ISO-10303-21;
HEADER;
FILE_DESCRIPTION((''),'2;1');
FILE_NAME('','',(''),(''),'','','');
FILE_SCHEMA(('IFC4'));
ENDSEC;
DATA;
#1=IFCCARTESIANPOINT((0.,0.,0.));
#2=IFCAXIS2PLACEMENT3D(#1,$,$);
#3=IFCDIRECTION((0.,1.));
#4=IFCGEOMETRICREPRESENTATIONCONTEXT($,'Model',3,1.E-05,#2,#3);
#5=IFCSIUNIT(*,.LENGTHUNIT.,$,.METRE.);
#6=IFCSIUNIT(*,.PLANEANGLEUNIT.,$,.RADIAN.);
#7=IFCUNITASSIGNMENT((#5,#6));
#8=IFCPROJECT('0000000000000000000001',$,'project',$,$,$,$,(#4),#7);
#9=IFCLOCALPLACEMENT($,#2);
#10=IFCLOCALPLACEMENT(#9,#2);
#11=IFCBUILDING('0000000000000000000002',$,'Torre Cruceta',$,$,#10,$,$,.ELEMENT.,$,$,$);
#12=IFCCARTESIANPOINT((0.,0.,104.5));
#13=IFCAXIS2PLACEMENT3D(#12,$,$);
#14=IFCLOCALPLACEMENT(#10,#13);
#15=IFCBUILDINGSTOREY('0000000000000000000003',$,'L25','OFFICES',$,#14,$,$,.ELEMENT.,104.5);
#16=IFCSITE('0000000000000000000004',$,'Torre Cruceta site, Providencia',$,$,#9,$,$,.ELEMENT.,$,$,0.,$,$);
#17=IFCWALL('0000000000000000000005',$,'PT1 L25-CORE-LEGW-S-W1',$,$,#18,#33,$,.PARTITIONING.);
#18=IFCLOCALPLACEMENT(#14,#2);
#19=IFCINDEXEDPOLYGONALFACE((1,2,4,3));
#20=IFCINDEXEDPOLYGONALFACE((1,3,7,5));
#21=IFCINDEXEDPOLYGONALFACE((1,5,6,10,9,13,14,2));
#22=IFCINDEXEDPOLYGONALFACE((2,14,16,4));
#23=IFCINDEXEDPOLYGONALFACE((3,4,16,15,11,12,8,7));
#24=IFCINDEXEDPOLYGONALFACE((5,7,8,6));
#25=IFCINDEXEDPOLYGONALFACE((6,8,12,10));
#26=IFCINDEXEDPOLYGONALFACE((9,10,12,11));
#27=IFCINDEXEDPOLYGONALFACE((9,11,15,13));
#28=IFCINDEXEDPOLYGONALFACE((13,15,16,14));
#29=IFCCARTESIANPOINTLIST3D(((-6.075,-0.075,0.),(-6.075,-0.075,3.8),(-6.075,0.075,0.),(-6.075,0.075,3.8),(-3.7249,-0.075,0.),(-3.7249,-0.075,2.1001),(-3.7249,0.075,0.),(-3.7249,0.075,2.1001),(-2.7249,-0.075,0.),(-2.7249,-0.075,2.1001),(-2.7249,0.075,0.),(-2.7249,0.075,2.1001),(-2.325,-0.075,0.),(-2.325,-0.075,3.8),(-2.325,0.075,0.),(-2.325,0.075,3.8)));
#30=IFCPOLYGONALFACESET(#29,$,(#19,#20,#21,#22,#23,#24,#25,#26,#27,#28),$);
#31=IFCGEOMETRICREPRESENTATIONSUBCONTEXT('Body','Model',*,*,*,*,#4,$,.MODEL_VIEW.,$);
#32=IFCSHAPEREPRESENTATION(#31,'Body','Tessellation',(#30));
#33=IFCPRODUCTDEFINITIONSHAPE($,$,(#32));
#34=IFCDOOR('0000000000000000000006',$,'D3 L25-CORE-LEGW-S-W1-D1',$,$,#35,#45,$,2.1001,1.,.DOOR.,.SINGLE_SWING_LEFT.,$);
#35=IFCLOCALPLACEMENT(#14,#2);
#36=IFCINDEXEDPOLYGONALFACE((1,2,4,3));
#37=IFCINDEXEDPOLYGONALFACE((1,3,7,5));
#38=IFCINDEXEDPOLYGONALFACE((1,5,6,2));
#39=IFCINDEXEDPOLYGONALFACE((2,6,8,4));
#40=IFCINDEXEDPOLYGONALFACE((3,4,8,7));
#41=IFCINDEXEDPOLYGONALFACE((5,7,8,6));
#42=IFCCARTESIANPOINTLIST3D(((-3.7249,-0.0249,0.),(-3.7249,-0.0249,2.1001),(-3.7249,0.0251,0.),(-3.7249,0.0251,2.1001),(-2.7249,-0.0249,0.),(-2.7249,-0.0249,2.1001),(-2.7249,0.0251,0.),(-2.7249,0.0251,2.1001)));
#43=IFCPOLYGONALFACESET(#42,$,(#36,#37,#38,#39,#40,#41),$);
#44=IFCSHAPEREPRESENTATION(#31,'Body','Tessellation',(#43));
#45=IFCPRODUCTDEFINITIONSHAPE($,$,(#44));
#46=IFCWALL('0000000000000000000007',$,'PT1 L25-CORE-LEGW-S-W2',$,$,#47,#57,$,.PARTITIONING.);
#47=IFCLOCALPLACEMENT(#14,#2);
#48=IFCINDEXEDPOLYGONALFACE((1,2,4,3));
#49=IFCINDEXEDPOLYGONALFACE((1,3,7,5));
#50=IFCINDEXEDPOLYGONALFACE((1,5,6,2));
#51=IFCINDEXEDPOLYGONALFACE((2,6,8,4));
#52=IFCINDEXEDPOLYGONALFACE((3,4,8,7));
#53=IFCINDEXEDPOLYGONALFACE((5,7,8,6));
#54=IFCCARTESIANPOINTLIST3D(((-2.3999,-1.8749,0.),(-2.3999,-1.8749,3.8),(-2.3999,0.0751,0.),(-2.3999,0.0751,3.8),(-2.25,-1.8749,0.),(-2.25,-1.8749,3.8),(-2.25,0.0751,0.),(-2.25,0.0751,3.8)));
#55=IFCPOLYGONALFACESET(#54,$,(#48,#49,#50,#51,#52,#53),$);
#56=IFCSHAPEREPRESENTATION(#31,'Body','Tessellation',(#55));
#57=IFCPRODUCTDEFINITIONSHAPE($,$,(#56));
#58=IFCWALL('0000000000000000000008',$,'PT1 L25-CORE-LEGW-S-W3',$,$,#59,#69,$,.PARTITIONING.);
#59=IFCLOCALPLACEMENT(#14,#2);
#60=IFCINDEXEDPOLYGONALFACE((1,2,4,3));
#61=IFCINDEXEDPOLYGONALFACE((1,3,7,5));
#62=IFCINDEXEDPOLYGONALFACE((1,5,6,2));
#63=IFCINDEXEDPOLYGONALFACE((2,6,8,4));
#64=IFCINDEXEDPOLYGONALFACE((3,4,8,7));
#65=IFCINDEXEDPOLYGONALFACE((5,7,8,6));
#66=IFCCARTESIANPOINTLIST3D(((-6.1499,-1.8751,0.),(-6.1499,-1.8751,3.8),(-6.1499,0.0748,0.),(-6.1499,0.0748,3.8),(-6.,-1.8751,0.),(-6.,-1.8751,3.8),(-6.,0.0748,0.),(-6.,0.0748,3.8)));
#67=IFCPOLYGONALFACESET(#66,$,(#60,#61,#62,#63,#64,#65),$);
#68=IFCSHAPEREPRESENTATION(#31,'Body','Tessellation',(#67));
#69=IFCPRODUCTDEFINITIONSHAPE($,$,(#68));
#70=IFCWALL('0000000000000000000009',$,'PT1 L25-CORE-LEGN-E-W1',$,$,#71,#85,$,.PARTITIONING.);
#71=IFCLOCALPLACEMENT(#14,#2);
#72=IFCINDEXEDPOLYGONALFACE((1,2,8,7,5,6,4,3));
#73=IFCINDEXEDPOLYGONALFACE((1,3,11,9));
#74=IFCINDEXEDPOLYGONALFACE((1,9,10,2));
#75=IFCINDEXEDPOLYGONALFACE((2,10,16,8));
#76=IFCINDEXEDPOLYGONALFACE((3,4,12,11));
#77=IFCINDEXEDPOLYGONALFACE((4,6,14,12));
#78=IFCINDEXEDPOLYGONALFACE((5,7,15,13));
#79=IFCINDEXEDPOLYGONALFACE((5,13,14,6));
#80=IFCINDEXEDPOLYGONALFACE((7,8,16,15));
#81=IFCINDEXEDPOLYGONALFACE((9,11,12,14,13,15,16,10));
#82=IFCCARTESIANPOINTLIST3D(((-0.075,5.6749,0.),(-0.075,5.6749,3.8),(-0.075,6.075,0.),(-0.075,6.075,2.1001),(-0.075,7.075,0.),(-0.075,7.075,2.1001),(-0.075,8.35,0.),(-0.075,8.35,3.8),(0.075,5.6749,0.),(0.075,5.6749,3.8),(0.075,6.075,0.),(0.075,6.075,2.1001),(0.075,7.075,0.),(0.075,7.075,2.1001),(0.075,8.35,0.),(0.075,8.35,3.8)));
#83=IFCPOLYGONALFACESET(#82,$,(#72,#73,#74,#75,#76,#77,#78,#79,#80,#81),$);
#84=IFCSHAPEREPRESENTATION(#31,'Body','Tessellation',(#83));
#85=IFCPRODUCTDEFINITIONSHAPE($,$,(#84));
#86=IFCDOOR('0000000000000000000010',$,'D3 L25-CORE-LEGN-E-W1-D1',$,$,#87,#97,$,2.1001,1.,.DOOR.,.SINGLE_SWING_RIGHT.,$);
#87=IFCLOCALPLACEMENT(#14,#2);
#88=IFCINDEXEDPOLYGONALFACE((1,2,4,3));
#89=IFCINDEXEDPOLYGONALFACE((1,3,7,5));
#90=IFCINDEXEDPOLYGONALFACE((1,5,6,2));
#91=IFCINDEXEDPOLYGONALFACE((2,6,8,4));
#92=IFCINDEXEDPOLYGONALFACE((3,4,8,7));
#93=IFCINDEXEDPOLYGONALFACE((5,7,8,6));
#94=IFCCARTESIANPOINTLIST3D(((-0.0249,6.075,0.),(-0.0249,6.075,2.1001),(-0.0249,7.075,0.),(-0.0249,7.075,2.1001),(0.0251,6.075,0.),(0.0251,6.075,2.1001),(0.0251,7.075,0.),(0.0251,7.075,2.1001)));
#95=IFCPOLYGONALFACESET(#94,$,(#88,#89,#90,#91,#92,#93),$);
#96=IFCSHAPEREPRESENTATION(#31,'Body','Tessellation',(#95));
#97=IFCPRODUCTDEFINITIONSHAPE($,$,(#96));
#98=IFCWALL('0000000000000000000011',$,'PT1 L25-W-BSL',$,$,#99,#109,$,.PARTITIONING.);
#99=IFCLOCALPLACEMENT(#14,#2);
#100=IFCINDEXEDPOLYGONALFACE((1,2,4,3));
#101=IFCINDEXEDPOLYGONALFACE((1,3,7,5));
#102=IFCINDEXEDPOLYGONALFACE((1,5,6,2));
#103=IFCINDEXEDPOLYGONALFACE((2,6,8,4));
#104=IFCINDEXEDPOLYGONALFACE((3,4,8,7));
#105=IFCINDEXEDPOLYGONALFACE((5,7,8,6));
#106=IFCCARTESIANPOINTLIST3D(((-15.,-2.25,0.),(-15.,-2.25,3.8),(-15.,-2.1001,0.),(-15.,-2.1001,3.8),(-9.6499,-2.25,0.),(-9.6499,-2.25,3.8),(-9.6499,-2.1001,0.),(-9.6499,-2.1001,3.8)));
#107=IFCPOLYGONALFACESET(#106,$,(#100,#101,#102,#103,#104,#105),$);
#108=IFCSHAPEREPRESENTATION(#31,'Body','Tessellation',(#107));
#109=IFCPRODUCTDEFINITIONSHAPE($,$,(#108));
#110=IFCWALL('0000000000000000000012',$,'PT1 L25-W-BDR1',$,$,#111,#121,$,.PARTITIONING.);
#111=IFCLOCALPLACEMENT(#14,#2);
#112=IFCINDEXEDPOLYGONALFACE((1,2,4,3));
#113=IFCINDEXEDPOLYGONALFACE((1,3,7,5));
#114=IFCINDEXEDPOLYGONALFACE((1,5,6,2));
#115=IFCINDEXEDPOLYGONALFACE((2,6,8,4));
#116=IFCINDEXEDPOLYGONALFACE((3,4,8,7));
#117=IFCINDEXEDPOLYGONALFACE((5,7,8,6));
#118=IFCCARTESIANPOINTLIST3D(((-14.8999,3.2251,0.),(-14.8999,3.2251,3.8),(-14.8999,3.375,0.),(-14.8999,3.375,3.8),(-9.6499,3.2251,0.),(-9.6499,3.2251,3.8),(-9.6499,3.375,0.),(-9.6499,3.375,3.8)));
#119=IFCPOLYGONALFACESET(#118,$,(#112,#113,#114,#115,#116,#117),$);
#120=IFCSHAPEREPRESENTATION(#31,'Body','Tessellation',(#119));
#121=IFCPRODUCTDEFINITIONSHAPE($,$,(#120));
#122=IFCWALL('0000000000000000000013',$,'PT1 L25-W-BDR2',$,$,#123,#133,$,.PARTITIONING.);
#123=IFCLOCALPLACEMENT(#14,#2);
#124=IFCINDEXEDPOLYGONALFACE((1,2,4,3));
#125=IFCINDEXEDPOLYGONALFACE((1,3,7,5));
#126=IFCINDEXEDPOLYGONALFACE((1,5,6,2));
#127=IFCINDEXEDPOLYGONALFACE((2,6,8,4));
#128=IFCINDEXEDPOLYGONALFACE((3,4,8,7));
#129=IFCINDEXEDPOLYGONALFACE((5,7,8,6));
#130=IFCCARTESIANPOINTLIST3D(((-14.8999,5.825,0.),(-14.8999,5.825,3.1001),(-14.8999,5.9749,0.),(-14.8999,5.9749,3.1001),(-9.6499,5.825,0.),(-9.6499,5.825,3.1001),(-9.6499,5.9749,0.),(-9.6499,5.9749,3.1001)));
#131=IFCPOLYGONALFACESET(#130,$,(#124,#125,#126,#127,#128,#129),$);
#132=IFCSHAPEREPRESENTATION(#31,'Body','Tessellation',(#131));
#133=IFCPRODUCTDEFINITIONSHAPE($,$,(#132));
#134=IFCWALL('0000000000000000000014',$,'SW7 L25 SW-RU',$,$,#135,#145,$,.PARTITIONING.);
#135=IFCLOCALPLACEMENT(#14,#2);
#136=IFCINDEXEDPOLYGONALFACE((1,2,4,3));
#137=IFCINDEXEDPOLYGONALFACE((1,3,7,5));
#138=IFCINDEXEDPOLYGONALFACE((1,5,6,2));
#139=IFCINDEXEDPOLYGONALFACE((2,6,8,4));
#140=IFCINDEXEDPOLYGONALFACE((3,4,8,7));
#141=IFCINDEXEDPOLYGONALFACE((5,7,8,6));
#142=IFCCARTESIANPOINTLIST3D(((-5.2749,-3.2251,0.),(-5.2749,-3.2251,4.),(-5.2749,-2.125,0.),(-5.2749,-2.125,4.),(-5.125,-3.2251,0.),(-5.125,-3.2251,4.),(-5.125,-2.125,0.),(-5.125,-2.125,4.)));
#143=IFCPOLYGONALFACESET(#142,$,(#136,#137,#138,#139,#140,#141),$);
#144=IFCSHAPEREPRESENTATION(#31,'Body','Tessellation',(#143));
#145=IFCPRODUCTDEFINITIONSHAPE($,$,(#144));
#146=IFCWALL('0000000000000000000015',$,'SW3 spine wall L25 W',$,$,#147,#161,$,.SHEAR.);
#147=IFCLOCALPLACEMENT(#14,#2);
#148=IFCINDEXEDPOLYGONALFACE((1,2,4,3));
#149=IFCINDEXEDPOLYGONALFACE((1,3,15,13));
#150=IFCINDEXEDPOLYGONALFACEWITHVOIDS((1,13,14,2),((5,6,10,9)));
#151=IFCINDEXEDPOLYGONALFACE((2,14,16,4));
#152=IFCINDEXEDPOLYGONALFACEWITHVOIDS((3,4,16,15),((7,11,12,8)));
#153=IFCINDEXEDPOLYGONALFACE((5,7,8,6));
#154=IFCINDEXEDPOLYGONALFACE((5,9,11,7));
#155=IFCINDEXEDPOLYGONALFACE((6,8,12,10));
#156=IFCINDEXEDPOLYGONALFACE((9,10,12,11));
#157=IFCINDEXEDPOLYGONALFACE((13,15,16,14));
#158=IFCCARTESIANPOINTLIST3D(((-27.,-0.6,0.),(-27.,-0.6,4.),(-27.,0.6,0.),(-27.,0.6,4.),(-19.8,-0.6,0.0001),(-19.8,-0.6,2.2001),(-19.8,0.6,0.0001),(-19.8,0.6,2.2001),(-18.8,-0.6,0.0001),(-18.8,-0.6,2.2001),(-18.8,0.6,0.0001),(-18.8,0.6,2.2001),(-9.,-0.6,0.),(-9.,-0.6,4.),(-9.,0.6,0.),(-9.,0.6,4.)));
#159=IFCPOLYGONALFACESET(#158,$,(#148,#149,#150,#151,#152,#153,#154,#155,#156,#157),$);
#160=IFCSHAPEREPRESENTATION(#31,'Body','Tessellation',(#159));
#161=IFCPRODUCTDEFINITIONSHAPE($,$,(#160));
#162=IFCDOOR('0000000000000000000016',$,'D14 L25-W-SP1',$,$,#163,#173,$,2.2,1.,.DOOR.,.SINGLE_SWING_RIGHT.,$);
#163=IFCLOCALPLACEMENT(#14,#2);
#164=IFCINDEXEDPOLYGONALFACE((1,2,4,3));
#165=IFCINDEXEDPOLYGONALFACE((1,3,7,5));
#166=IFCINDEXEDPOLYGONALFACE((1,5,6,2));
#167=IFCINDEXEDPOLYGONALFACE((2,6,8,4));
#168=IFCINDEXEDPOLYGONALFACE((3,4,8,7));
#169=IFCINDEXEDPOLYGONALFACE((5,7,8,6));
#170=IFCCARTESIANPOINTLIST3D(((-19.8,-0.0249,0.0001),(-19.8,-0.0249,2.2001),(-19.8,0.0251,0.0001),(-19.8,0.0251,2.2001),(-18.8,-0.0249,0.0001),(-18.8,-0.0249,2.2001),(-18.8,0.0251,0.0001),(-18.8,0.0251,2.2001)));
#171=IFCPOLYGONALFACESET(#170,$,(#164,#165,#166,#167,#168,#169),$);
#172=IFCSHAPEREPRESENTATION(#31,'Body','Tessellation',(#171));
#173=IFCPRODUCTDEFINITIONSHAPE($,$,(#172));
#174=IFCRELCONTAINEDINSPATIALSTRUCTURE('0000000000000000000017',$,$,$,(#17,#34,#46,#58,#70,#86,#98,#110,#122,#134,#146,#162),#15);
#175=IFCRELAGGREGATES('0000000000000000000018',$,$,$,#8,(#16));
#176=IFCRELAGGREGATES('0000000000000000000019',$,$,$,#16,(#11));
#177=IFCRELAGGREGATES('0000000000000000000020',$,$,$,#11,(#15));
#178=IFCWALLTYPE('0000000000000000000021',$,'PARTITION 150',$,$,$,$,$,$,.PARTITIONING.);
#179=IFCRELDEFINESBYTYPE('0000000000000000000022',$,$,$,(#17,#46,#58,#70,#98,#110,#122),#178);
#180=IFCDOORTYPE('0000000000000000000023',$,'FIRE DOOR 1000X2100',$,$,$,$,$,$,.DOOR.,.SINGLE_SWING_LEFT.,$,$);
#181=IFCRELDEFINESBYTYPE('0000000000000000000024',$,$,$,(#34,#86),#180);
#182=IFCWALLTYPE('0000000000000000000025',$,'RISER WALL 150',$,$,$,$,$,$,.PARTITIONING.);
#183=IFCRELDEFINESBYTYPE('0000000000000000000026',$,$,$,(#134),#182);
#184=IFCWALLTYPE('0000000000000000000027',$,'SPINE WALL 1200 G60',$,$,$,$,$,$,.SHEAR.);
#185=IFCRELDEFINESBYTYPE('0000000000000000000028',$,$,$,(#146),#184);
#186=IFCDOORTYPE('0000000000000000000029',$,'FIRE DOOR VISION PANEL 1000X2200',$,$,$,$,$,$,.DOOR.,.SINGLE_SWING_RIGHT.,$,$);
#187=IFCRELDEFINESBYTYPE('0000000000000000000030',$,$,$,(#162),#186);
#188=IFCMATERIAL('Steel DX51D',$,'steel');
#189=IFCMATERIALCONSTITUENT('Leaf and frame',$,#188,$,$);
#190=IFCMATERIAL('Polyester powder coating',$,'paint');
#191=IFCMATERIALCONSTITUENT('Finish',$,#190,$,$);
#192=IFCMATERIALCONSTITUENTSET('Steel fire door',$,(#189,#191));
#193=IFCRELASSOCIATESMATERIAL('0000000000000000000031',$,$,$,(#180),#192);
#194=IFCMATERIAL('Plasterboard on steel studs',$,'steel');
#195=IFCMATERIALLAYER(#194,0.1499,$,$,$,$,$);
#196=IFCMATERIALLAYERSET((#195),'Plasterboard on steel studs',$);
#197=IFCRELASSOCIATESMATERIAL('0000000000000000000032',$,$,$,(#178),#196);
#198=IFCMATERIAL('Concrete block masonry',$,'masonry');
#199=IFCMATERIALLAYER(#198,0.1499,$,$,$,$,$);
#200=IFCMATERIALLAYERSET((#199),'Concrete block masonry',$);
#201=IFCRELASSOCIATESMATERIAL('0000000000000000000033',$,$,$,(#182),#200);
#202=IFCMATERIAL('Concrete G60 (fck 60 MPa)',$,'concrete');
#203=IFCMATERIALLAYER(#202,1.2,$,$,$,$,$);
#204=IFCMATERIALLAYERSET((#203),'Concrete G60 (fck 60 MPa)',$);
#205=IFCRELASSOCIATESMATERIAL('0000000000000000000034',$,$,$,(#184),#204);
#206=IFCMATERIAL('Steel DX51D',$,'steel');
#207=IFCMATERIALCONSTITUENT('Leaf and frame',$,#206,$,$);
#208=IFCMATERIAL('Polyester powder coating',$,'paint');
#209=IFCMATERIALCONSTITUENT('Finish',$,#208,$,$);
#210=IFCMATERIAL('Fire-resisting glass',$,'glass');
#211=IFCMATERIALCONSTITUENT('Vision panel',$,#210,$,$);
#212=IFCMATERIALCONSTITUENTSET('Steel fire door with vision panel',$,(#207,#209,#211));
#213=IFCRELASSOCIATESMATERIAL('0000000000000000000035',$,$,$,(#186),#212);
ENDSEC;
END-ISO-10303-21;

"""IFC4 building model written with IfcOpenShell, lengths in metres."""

from ifc_helpers import new_model, si_unit, direction, frame, frame_2d, origin, place, context, subcontext, project, spatial, rectangle, extrude, material, layer, layer_set, constituent, constituent_set, type_object, element, fill, save


model = new_model("IFC4")

# Units and contexts
model_context = context("Model", 3, precision=1e-05, world=origin(), true_north=direction((0.0, 1.0)))
body_context = subcontext(model_context, "Body", "Model", "MODEL_VIEW")
ifc_project = project(units=[si_unit("LENGTHUNIT", "METRE"), si_unit("PLANEANGLEUNIT", "RADIAN")], contexts=[model_context])

# Site, building, storey
site_placement = place(None, origin())
site = spatial("IfcSite", under=ifc_project, at=site_placement, Name="Torre Cruceta site, Providencia", CompositionType="ELEMENT", RefElevation=0.0)
building_placement = place(site_placement, origin())
building = spatial("IfcBuilding", under=site, at=building_placement, Name="Torre Cruceta", CompositionType="ELEMENT")
storey_placement = place(building_placement, frame((0.0, 0.0, 104.5)))
storey = spatial("IfcBuildingStorey", under=building, at=storey_placement, Name="L25", Description="OFFICES", CompositionType="ELEMENT", Elevation=104.5)

# Shared definitions
ifc_material_1 = material(Name="Steel DX51D", Category="steel")
ifc_constituent_1 = constituent(ifc_material_1, Name="Leaf and frame")
ifc_material_2 = material(Name="Polyester powder coating", Category="paint")
ifc_constituent_2 = constituent(ifc_material_2, Name="Finish")
ifc_constituent_set_1 = constituent_set(constituents=[ifc_constituent_1, ifc_constituent_2], Name="Steel fire door")
door_type_1 = type_object("IfcDoorType", Name="FIRE DOOR 1000X2100", OperationType="SINGLE_SWING_LEFT", PredefinedType="DOOR", material=ifc_constituent_set_1)

# Wall, opening, door
ifc_material_3 = material(Name="Plasterboard on steel studs", Category="steel")
ifc_layer_1 = layer(ifc_material_3, 0.1499)
ifc_layer_set_1 = layer_set([ifc_layer_1], Name="Plasterboard on steel studs")
wall_type_1 = type_object("IfcWallType", Name="PARTITION 150", PredefinedType="PARTITIONING", material=ifc_layer_set_1)
wall_1_placement = place(storey_placement, frame((-2.325, 0.0, 0.0), z_axis=(0.0, 0.0, 1.0), x_axis=(-1.0, 0.0, 0.0)))
wall_1 = element("IfcWall", 1, at=wall_1_placement, inside=storey, type_object=wall_type_1, Name="PT1 L25-CORE-LEGW-S-W1", PredefinedType="PARTITIONING", context=body_context, shape_type="SweptSolid", body=[
    extrude(rectangle(XDim=3.75, YDim=0.1499, at=frame_2d((1.875, 0.0))), origin(), (0.0, 0.0, 1.0), 3.8),
])
opening_1_placement = place(wall_1_placement, frame((0.3999, 0.0, 0.0)))
opening_1 = element("IfcOpeningElement", 2, at=opening_1_placement, cuts=wall_1, PredefinedType="OPENING", context=body_context, shape_type="SweptSolid", body=[
    extrude(rectangle(XDim=1.0, YDim=2.1001, at=frame_2d((0.5, 1.05))), frame((0.0, 0.085, 0.0), z_axis=(0.0, -1.0, 0.0), x_axis=(1.0, 0.0, 0.0)), (0.0, 0.0, 1.0), 0.1699),
])
door_1_placement = place(opening_1_placement, origin())
door_1 = element("IfcDoor", 3, at=door_1_placement, inside=storey, type_object=door_type_1, Name="D3 L25-CORE-LEGW-S-W1-D1", OperationType="SINGLE_SWING_LEFT", OverallHeight=2.1001, OverallWidth=1.0, PredefinedType="DOOR", context=body_context, shape_type="SweptSolid", body=[
    extrude(rectangle(XDim=1.0, YDim=2.1001, at=frame_2d((0.5, 1.05))), frame((0.0, 0.0249, 0.0), z_axis=(0.0, -1.0, 0.0), x_axis=(1.0, 0.0, 0.0)), (0.0, 0.0, 1.0), 0.05),
])
fill(opening_1, door_1)

# Walls
for number, where, z_axis, x_axis, name in (
    (4, (-2.325, -1.875, 0.0), (0.0, 0.0, 1.0), (0.0, 1.0, 0.0), "PT1 L25-CORE-LEGW-S-W2"),
    (5, (-6.075, 0.075, 0.0), (0.0, 0.0, 1.0), (0.0, -1.0, 0.0), "PT1 L25-CORE-LEGW-S-W3"),
):
    element("IfcWall", number, at=place(storey_placement, frame(where, z_axis=z_axis, x_axis=x_axis)), inside=storey, type_object=wall_type_1, Name=name, PredefinedType="PARTITIONING", context=body_context, shape_type="SweptSolid", body=[
        extrude(rectangle(XDim=1.95, YDim=0.1499, at=frame_2d((0.9751, 0.0))), origin(), (0.0, 0.0, 1.0), 3.8),
    ])

# Wall, opening, door
wall_2_placement = place(storey_placement, frame((0.0, 5.675, 0.0), z_axis=(0.0, 0.0, 1.0), x_axis=(0.0, 1.0, 0.0)))
wall_2 = element("IfcWall", 6, at=wall_2_placement, inside=storey, type_object=wall_type_1, Name="PT1 L25-CORE-LEGN-E-W1", PredefinedType="PARTITIONING", context=body_context, shape_type="SweptSolid", body=[
    extrude(rectangle(XDim=2.675, YDim=0.1499, at=frame_2d((1.3374, 0.0))), origin(), (0.0, 0.0, 1.0), 3.8),
])
opening_2_placement = place(wall_2_placement, frame((0.3999, 0.0, 0.0)))
opening_2 = element("IfcOpeningElement", 7, at=opening_2_placement, cuts=wall_2, PredefinedType="OPENING", context=body_context, shape_type="SweptSolid", body=[
    extrude(rectangle(XDim=1.0, YDim=2.1001, at=frame_2d((0.5, 1.05))), frame((0.0, 0.085, 0.0), z_axis=(0.0, -1.0, 0.0), x_axis=(1.0, 0.0, 0.0)), (0.0, 0.0, 1.0), 0.1699),
])
door_2_placement = place(opening_2_placement, frame((1.0, 0.0, 0.0), z_axis=(0.0, 0.0, 1.0), x_axis=(-1.0, 0.0, 0.0)))
door_2 = element("IfcDoor", 8, at=door_2_placement, inside=storey, type_object=door_type_1, Name="D3 L25-CORE-LEGN-E-W1-D1", OperationType="SINGLE_SWING_RIGHT", OverallHeight=2.1001, OverallWidth=1.0, PredefinedType="DOOR", context=body_context, shape_type="SweptSolid", body=[
    extrude(rectangle(XDim=1.0, YDim=2.1001, at=frame_2d((0.5, 1.05))), frame((0.0, 0.0251, 0.0), z_axis=(0.0, -1.0, 0.0), x_axis=(1.0, 0.0, 0.0)), (0.0, 0.0, 1.0), 0.05),
])
fill(opening_2, door_2)

# Walls
wall_3_placement = place(storey_placement, frame((-9.6499, -2.175, 0.0), z_axis=(0.0, 0.0, 1.0), x_axis=(-1.0, 0.0, 0.0)))
element("IfcWall", 9, at=wall_3_placement, inside=storey, type_object=wall_type_1, Name="PT1 L25-W-BSL", PredefinedType="PARTITIONING", context=body_context, shape_type="SweptSolid", body=[
    extrude(rectangle(XDim=5.3501, YDim=0.1499, at=frame_2d((2.675, 0.0))), origin(), (0.0, 0.0, 1.0), 3.8),
])
wall_4_placement = place(storey_placement, frame((-9.6499, 3.3, 0.0), z_axis=(0.0, 0.0, 1.0), x_axis=(-1.0, 0.0, 0.0)))
element("IfcWall", 10, at=wall_4_placement, inside=storey, type_object=wall_type_1, Name="PT1 L25-W-BDR1", PredefinedType="PARTITIONING", context=body_context, shape_type="SweptSolid", body=[
    extrude(rectangle(XDim=5.25, YDim=0.1499, at=frame_2d((2.625, 0.0))), origin(), (0.0, 0.0, 1.0), 3.8),
])
wall_5_placement = place(storey_placement, frame((-9.6499, 5.8999, 0.0), z_axis=(0.0, 0.0, 1.0), x_axis=(-1.0, 0.0, 0.0)))
element("IfcWall", 11, at=wall_5_placement, inside=storey, type_object=wall_type_1, Name="PT1 L25-W-BDR2", PredefinedType="PARTITIONING", context=body_context, shape_type="SweptSolid", body=[
    extrude(rectangle(XDim=5.25, YDim=0.1499, at=frame_2d((2.625, 0.0))), origin(), (0.0, 0.0, 1.0), 3.1001),
])
ifc_material_4 = material(Name="Concrete block masonry", Category="masonry")
ifc_layer_2 = layer(ifc_material_4, 0.1499)
ifc_layer_set_2 = layer_set([ifc_layer_2], Name="Concrete block masonry")
wall_type_2 = type_object("IfcWallType", Name="RISER WALL 150", PredefinedType="PARTITIONING", material=ifc_layer_set_2)
wall_6_placement = place(storey_placement, frame((-5.2, -2.125, 0.0), z_axis=(0.0, 0.0, 1.0), x_axis=(0.0, -1.0, 0.0)))
element("IfcWall", 12, at=wall_6_placement, inside=storey, type_object=wall_type_2, Name="SW7 L25 SW-RU", PredefinedType="PARTITIONING", context=body_context, shape_type="SweptSolid", body=[
    extrude(rectangle(XDim=1.1001, YDim=0.1499, at=frame_2d((0.55, 0.0))), origin(), (0.0, 0.0, 1.0), 4.0),
])

# Wall, opening, door
ifc_material_5 = material(Name="Concrete G60 (fck 60 MPa)", Category="concrete")
ifc_layer_3 = layer(ifc_material_5, 1.2)
ifc_layer_set_3 = layer_set([ifc_layer_3], Name="Concrete G60 (fck 60 MPa)")
wall_type_3 = type_object("IfcWallType", Name="SPINE WALL 1200 G60", PredefinedType="SHEAR", material=ifc_layer_set_3)
wall_7_placement = place(storey_placement, frame((-9.0, 0.0, 0.0), z_axis=(0.0, 0.0, 1.0), x_axis=(-1.0, 0.0, 0.0)))
wall_7 = element("IfcWall", 13, at=wall_7_placement, inside=storey, type_object=wall_type_3, Name="SW3 spine wall L25 W", PredefinedType="SHEAR", context=body_context, shape_type="SweptSolid", body=[
    extrude(rectangle(XDim=18.0, YDim=1.2, at=frame_2d((9.0, 0.0))), origin(), (0.0, 0.0, 1.0), 4.0),
])
opening_3_placement = place(wall_7_placement, frame((9.8, 0.0, 0.0)))
opening_3 = element("IfcOpeningElement", 14, at=opening_3_placement, cuts=wall_7, PredefinedType="OPENING", context=body_context, shape_type="SweptSolid", body=[
    extrude(rectangle(XDim=1.0, YDim=2.2, at=frame_2d((0.5, 1.1001))), frame((0.0, 0.6099, 0.0), z_axis=(0.0, -1.0, 0.0), x_axis=(1.0, 0.0, 0.0)), (0.0, 0.0, 1.0), 1.22),
])
ifc_material_6 = material(Name="Steel DX51D", Category="steel")
ifc_constituent_3 = constituent(ifc_material_6, Name="Leaf and frame")
ifc_material_7 = material(Name="Polyester powder coating", Category="paint")
ifc_constituent_4 = constituent(ifc_material_7, Name="Finish")
ifc_material_8 = material(Name="Fire-resisting glass", Category="glass")
ifc_constituent_5 = constituent(ifc_material_8, Name="Vision panel")
ifc_constituent_set_2 = constituent_set(constituents=[ifc_constituent_3, ifc_constituent_4, ifc_constituent_5], Name="Steel fire door with vision panel")
door_type_2 = type_object("IfcDoorType", Name="FIRE DOOR VISION PANEL 1000X2200", OperationType="SINGLE_SWING_RIGHT", PredefinedType="DOOR", material=ifc_constituent_set_2)
door_3_placement = place(opening_3_placement, origin())
door_3 = element("IfcDoor", 15, at=door_3_placement, inside=storey, type_object=door_type_2, Name="D14 L25-W-SP1", OperationType="SINGLE_SWING_RIGHT", OverallHeight=2.2, OverallWidth=1.0, PredefinedType="DOOR", context=body_context, shape_type="SweptSolid", body=[
    extrude(rectangle(XDim=1.0, YDim=2.2, at=frame_2d((0.5, 1.1001))), frame((0.0, 0.0249, 0.0), z_axis=(0.0, -1.0, 0.0), x_axis=(1.0, 0.0, 0.0)), (0.0, 0.0, 1.0), 0.05),
])
fill(opening_3, door_3)

save(model, "model.ifc")
